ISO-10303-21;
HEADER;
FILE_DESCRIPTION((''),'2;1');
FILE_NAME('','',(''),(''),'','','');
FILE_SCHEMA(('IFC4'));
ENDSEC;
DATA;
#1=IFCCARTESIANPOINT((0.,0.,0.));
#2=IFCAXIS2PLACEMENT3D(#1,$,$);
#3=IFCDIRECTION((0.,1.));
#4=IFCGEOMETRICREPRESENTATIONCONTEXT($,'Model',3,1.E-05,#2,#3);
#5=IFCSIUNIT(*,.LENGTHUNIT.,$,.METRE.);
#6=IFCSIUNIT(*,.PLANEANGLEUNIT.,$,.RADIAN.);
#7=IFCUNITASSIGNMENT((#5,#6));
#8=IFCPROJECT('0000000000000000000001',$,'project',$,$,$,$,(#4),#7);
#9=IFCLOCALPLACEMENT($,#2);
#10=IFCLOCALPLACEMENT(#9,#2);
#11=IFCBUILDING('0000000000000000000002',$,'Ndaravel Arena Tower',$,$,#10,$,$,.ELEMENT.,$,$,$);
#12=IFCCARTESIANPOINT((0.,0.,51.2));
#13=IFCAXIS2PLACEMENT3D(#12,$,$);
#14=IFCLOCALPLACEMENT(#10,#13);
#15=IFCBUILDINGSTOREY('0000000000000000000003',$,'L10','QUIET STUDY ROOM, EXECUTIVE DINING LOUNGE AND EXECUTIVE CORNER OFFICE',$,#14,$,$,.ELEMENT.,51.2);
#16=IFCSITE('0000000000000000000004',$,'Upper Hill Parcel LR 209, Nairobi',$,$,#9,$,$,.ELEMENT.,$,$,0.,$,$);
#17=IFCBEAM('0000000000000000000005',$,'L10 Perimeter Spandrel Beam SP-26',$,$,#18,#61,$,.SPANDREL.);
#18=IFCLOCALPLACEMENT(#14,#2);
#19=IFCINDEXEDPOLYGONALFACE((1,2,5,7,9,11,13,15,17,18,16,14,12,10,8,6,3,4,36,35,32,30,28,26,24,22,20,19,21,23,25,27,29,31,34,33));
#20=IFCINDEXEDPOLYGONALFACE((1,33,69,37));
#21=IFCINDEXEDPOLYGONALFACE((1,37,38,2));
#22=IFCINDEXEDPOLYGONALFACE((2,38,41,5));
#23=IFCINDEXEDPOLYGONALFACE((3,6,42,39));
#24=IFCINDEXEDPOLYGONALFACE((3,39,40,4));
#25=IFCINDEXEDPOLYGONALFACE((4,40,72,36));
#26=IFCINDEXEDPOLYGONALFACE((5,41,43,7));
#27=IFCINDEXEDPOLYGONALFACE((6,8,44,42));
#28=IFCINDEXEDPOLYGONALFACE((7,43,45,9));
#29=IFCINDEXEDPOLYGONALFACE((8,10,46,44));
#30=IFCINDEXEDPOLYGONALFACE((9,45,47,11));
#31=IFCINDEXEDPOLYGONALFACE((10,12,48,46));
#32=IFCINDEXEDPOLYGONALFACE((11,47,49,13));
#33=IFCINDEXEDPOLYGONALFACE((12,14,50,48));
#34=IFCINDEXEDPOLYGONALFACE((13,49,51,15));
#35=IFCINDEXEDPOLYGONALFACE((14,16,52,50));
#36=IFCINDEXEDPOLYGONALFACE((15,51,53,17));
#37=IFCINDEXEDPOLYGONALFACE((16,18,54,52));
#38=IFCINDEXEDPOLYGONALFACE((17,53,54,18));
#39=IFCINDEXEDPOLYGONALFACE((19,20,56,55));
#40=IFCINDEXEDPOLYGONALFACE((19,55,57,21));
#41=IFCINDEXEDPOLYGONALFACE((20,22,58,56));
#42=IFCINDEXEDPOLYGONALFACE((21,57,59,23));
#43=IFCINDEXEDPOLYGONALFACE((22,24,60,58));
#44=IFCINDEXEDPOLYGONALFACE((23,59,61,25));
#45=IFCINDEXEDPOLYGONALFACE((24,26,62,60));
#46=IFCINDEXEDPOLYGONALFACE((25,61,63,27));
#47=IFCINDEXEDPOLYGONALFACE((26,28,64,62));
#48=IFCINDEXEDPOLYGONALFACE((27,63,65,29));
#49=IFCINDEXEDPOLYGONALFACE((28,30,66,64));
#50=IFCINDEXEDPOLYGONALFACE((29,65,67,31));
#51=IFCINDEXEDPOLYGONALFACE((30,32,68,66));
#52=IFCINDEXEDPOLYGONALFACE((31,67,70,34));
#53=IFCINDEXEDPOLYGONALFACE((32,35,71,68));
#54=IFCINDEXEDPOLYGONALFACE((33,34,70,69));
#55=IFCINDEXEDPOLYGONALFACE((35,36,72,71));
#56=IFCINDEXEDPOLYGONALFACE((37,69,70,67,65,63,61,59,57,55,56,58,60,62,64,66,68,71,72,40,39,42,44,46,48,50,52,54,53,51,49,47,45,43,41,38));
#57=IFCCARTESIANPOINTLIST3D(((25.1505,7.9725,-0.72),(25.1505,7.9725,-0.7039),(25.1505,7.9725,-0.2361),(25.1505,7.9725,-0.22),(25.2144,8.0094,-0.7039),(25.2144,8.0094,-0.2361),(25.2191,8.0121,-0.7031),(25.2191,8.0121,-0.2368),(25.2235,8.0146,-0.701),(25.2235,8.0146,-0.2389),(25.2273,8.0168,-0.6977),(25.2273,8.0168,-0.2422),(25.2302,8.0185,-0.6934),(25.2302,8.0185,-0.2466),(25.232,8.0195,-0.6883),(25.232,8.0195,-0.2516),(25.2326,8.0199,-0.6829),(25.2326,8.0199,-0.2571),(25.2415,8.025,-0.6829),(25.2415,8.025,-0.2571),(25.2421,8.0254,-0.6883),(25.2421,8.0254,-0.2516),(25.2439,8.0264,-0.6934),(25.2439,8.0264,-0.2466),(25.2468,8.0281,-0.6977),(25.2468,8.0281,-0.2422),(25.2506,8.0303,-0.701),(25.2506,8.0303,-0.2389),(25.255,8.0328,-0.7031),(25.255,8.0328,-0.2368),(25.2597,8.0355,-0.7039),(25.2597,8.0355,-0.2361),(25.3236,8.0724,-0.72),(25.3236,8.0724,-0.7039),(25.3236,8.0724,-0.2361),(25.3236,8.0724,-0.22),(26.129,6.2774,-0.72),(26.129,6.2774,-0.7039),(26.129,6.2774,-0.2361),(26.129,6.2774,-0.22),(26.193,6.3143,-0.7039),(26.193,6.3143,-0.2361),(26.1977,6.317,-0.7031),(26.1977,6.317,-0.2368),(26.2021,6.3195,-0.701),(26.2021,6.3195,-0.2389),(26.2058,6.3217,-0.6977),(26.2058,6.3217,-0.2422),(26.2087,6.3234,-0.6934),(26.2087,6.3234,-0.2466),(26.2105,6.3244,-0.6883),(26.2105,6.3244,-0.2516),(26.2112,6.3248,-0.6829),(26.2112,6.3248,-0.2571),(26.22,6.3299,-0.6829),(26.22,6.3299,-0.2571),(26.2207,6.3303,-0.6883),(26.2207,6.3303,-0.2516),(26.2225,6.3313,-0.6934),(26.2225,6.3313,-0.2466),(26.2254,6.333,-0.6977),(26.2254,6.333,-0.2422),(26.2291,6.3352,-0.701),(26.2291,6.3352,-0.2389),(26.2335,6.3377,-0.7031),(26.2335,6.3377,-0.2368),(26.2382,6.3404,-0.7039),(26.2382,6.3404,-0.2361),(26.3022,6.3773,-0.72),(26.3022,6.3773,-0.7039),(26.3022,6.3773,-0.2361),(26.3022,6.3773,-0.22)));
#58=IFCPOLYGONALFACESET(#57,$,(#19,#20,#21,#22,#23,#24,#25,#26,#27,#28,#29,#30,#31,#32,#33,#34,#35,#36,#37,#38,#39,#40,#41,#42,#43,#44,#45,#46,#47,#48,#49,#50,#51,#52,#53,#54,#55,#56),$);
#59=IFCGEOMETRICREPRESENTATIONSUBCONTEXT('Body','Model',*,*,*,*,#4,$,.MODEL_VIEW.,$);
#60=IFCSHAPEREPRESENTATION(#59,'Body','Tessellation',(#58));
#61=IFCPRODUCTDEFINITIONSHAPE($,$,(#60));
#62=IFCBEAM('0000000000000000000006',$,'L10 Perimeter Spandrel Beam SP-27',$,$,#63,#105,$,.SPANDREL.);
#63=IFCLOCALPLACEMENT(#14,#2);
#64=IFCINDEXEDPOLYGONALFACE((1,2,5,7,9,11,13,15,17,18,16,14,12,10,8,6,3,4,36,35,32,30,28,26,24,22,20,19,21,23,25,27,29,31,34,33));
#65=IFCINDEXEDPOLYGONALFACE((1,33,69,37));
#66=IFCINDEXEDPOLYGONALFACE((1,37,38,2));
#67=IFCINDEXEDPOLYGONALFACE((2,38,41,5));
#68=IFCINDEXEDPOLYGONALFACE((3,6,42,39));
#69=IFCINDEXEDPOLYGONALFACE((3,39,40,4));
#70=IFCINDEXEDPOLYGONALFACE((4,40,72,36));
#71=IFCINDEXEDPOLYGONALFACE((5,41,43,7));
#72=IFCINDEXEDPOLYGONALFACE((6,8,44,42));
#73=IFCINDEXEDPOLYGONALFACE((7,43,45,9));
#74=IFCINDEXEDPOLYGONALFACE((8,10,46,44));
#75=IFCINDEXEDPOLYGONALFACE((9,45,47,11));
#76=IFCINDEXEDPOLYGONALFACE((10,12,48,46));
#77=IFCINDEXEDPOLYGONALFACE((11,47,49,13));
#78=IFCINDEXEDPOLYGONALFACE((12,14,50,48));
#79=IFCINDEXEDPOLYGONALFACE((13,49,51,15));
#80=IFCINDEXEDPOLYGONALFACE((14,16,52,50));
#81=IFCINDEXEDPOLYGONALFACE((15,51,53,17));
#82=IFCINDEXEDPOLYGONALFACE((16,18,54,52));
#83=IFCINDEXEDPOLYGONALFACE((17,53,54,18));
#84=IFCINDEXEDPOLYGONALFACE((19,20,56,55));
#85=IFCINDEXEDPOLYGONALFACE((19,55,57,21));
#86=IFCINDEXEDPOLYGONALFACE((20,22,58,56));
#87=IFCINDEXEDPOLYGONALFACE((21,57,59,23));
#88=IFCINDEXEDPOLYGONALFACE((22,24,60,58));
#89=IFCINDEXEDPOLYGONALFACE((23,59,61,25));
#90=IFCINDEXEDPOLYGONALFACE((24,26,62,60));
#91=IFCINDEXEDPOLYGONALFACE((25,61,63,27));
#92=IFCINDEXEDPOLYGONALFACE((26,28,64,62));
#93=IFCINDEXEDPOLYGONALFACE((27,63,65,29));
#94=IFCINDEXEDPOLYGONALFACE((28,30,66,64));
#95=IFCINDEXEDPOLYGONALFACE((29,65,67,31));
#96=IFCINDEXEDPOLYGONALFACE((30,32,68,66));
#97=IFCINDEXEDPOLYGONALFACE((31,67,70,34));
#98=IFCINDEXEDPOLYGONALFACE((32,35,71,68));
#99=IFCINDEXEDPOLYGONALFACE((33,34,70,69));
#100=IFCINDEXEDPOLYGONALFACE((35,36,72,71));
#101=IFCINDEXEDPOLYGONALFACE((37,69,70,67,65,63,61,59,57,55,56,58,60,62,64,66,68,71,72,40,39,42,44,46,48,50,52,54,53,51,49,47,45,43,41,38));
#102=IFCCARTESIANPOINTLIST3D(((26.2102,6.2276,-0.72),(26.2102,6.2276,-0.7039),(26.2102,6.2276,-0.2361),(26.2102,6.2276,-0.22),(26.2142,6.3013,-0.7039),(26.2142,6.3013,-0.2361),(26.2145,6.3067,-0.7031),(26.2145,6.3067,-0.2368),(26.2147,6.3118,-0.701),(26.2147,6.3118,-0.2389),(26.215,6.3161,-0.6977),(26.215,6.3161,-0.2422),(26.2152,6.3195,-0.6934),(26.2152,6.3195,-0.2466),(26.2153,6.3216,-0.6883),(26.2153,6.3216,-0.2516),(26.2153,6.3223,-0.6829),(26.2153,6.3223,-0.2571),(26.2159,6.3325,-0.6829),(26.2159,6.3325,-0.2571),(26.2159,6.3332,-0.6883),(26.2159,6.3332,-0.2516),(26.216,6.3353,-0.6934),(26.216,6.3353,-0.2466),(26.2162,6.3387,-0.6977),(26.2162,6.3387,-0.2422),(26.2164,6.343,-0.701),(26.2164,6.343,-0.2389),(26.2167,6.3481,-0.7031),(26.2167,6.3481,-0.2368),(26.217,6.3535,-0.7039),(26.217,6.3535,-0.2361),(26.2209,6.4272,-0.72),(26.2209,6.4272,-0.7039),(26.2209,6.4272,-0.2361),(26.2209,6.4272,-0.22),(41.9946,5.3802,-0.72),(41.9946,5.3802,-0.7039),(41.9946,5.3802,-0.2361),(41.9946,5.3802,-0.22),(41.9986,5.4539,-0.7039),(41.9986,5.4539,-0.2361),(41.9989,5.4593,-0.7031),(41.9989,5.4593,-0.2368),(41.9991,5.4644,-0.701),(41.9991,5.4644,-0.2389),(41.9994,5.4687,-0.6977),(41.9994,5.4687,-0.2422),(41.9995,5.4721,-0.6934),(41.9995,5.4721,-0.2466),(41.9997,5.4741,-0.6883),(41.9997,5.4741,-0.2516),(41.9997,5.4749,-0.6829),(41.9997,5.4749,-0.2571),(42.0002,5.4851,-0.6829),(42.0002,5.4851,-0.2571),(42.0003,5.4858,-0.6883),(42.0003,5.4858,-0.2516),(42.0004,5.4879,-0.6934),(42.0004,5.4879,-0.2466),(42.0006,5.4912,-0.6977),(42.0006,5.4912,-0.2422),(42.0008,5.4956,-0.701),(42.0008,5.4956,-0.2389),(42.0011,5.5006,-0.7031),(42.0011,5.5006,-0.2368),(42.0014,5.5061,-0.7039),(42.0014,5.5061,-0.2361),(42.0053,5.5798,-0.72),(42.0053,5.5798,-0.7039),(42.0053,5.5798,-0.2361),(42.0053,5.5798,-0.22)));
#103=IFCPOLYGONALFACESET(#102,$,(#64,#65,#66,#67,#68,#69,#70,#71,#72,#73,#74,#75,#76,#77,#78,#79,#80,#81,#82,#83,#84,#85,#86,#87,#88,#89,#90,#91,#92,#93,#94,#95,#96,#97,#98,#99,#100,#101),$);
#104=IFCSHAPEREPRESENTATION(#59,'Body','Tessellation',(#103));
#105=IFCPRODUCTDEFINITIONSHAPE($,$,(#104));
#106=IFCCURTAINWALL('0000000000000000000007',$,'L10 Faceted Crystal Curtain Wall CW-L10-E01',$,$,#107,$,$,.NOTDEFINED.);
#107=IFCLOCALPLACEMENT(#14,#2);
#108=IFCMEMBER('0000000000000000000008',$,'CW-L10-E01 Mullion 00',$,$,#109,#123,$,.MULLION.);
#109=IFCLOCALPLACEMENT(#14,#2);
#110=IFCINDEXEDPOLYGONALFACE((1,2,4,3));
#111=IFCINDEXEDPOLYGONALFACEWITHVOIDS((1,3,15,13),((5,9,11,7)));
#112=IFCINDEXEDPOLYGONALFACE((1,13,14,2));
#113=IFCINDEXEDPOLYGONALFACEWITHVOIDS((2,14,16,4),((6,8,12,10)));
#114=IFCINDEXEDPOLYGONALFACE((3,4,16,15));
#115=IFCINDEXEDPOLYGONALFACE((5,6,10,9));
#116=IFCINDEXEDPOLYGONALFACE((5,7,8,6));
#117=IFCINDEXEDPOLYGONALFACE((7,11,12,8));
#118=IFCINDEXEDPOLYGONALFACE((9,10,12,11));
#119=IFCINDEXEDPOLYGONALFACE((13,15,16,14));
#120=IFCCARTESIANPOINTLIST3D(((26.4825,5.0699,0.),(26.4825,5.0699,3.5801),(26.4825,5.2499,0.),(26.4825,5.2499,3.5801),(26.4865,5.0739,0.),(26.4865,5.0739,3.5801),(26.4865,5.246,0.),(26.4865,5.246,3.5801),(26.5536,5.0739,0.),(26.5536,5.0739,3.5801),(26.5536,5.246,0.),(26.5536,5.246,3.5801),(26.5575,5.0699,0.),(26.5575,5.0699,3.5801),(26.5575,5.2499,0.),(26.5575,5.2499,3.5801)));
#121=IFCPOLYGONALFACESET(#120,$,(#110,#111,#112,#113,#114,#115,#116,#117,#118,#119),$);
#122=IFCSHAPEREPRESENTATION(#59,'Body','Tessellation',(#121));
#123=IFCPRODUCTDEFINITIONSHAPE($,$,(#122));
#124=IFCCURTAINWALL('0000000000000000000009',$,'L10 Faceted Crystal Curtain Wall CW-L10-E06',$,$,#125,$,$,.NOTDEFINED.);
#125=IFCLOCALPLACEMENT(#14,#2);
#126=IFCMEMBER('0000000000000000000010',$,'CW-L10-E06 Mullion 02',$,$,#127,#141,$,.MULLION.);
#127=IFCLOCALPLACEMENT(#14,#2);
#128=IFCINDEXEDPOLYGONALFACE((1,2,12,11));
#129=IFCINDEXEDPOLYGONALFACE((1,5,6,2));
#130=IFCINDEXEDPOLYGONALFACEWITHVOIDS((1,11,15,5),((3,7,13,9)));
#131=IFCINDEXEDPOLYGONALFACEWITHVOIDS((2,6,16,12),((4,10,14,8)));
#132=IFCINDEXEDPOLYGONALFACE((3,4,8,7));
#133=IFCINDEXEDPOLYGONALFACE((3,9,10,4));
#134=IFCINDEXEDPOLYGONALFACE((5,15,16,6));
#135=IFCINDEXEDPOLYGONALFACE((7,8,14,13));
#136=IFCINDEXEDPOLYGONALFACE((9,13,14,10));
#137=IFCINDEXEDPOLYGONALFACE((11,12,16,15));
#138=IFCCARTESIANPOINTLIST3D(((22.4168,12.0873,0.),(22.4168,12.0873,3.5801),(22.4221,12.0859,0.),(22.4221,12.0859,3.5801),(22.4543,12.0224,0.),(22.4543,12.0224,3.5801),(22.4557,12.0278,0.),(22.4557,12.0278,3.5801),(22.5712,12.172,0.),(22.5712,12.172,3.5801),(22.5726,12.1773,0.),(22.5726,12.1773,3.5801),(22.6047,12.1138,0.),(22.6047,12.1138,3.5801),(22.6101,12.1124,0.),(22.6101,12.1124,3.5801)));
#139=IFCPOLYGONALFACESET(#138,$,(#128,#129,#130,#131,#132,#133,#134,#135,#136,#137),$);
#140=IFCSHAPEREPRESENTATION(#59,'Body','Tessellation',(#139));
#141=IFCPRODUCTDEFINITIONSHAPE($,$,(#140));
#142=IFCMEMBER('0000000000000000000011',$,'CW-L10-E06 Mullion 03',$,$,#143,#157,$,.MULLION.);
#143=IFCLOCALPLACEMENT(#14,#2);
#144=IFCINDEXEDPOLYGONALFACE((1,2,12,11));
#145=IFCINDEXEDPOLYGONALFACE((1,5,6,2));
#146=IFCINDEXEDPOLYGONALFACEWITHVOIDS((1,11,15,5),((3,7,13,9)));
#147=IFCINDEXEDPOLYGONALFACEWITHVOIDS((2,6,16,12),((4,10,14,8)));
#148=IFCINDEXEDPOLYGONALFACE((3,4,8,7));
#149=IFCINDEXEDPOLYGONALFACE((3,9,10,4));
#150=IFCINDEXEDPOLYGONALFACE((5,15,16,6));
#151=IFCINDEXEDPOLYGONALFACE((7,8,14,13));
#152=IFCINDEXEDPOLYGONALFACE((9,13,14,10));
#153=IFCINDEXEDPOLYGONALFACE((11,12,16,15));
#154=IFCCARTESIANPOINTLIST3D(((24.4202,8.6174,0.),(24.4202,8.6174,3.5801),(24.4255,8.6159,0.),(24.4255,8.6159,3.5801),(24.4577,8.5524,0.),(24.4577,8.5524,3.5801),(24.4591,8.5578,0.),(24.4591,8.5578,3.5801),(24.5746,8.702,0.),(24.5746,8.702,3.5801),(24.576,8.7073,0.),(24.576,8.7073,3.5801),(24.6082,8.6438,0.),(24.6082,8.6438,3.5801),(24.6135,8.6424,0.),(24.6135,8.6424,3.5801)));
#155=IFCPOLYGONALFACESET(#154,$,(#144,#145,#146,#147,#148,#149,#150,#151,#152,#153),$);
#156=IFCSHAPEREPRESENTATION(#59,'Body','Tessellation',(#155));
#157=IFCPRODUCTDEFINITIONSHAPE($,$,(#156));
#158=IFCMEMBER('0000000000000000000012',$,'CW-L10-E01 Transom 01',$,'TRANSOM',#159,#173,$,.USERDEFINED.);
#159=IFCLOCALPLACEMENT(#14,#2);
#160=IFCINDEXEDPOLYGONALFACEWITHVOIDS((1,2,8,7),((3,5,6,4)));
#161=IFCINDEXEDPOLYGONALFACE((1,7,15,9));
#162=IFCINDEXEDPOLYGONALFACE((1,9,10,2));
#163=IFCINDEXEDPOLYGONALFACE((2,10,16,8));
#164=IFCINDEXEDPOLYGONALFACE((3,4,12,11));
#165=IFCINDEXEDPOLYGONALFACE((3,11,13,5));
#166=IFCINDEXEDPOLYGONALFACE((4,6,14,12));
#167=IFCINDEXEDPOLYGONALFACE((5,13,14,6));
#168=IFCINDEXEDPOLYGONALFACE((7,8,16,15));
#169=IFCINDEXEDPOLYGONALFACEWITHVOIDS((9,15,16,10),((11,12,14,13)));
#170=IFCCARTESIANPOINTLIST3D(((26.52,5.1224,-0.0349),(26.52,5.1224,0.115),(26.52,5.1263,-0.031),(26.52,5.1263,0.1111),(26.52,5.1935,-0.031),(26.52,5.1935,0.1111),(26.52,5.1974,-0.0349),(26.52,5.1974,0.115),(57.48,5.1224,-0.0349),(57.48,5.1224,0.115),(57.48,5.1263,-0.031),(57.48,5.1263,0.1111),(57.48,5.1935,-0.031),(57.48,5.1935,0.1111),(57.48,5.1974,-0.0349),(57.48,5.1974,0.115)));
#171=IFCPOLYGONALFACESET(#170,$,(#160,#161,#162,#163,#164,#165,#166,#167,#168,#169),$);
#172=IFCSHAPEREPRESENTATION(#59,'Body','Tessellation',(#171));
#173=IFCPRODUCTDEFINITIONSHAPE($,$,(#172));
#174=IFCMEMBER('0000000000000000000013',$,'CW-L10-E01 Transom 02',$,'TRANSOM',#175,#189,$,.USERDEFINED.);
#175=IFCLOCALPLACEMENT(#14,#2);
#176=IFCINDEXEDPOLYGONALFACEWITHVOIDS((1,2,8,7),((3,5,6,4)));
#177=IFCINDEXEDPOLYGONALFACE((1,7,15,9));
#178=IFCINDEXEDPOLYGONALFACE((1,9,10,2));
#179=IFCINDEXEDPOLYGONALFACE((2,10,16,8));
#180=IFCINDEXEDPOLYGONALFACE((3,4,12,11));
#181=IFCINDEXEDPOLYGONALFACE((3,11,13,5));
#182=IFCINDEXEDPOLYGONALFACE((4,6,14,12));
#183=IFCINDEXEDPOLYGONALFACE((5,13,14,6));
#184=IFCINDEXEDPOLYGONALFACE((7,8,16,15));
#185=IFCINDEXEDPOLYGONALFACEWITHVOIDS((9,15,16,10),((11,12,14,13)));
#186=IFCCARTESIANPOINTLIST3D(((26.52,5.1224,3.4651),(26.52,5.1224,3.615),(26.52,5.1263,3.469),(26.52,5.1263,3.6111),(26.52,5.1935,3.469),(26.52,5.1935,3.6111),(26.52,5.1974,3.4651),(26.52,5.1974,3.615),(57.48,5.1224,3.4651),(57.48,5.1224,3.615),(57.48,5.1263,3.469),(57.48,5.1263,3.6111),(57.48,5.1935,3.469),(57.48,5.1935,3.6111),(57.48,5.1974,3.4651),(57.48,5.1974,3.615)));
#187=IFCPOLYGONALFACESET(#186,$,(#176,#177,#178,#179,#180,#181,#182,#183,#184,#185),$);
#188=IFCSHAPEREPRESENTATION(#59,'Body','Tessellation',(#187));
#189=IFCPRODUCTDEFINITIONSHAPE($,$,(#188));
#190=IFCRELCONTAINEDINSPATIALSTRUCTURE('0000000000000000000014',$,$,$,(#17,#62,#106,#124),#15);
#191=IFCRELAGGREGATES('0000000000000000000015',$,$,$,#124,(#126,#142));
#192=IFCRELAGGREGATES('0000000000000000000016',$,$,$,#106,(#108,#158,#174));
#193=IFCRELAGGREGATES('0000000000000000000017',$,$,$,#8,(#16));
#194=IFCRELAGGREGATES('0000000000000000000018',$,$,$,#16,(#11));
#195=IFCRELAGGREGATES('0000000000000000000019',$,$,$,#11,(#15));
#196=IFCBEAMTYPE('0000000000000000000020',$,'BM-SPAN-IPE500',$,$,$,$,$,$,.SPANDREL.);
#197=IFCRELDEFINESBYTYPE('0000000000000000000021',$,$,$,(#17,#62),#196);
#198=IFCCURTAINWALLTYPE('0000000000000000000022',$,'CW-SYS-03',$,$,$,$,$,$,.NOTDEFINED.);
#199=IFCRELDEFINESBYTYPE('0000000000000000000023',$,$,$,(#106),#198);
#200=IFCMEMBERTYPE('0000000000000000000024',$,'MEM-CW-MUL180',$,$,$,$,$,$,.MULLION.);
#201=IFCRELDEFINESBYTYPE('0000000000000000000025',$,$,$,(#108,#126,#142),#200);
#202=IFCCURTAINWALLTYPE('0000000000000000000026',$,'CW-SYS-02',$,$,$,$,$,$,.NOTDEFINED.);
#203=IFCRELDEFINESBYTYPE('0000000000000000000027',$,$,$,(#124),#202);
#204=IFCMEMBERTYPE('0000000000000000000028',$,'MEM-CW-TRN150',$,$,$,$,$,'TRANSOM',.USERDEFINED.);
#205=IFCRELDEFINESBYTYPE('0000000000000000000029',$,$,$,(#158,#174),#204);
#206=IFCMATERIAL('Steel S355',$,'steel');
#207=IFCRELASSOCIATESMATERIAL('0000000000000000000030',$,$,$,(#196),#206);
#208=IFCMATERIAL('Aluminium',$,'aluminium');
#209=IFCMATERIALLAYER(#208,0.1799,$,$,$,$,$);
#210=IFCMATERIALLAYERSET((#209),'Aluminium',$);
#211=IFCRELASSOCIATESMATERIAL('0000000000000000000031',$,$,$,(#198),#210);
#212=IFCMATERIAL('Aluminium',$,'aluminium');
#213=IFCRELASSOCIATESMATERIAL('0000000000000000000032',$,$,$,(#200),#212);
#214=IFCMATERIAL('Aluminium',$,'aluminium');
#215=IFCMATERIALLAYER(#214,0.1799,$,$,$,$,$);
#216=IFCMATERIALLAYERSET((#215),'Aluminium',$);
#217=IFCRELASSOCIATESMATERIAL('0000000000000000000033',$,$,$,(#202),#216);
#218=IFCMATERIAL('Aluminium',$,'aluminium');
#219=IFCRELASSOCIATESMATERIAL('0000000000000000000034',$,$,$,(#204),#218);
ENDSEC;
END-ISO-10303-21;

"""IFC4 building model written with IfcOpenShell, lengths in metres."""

from ifc_helpers import new_model, si_unit, direction, frame, origin, origin_2d, place, context, subcontext, project, spatial, hollow_rectangle, i_section, extrude, material, layer, layer_set, material_profile, profile_set, type_object, element, aggregate, save


model = new_model("IFC4")

# Units and contexts
model_context = context("Model", 3, precision=1e-05, world=origin(), true_north=direction((0.0, 1.0)))
body_context = subcontext(model_context, "Body", "Model", "MODEL_VIEW")
ifc_project = project(units=[si_unit("LENGTHUNIT", "METRE"), si_unit("PLANEANGLEUNIT", "RADIAN")], contexts=[model_context])

# Site, building, storey
site_placement = place(None, origin())
site = spatial("IfcSite", under=ifc_project, at=site_placement, Name="Upper Hill Parcel LR 209, Nairobi", CompositionType="ELEMENT", RefElevation=0.0)
building_placement = place(site_placement, origin())
building = spatial("IfcBuilding", under=site, at=building_placement, Name="Ndaravel Arena Tower", CompositionType="ELEMENT")
storey_placement = place(building_placement, frame((0.0, 0.0, 51.2)))
storey = spatial("IfcBuildingStorey", under=building, at=storey_placement, Name="L10", Description="QUIET STUDY ROOM, EXECUTIVE DINING LOUNGE AND EXECUTIVE CORNER OFFICE", CompositionType="ELEMENT", Elevation=51.2)

# Beams
ifc_material_1 = material(Name="Steel S355", Category="steel")
ifc_material_profile_1 = material_profile(ifc_material_1, i_section(OverallWidth=0.2, OverallDepth=0.5, WebThickness=0.0103, FlangeThickness=0.0161, FilletRadius=0.021, at=origin_2d()), Name="IPE 500")
ifc_profile_set_1 = profile_set([ifc_material_profile_1], Name="Steel S355")
beam_type = type_object("IfcBeamType", Name="BM-SPAN-IPE500", PredefinedType="SPANDREL", material=ifc_profile_set_1)
beam_1_placement = place(storey_placement, frame((25.2371, 8.0225, -0.47), z_axis=(0.499949, -0.866055, 0.0), x_axis=(0.866055, 0.499949, 0.0)))
element("IfcBeam", 1, at=beam_1_placement, inside=storey, type_object=beam_type, Name="L10 Perimeter Spandrel Beam SP-26", PredefinedType="SPANDREL", context=body_context, shape_type="SweptSolid", body=[
    extrude(i_section(OverallWidth=0.2, OverallDepth=0.5, WebThickness=0.0103, FlangeThickness=0.0161, FilletRadius=0.021, at=origin_2d()), origin(), (0.0, 0.0, 1.0), 1.9573),
])
beam_2_placement = place(storey_placement, frame((26.2156, 6.3274, -0.47), z_axis=(0.998562, -0.053609, 0.0), x_axis=(0.053609, 0.998562, 0.0)))
element("IfcBeam", 2, at=beam_2_placement, inside=storey, type_object=beam_type, Name="L10 Perimeter Spandrel Beam SP-27", PredefinedType="SPANDREL", context=body_context, shape_type="SweptSolid", body=[
    extrude(i_section(OverallWidth=0.2, OverallDepth=0.5, WebThickness=0.0103, FlangeThickness=0.0161, FilletRadius=0.021, at=origin_2d()), origin(), (0.0, 0.0, 1.0), 15.8071),
])

# Curtain wall, member
ifc_material_2 = material(Name="Aluminium", Category="aluminium")
ifc_layer_1 = layer(ifc_material_2, 0.1799)
ifc_layer_set_1 = layer_set([ifc_layer_1], Name="Aluminium")
curtain_wall_type_1 = type_object("IfcCurtainWallType", Name="CW-SYS-03", PredefinedType="NOTDEFINED", material=ifc_layer_set_1)
curtain_wall_1_placement = place(storey_placement, origin())
curtain_wall_1 = element("IfcCurtainWall", 3, at=curtain_wall_1_placement, inside=storey, type_object=curtain_wall_type_1, Name="L10 Faceted Crystal Curtain Wall CW-L10-E01", PredefinedType="NOTDEFINED")
ifc_material_3 = material(Name="Aluminium", Category="aluminium")
ifc_material_profile_2 = material_profile(ifc_material_3, hollow_rectangle(XDim=0.075, YDim=0.1799, WallThickness=0.0039, at=origin_2d()), Name="CW MULLION 75x180x4")
ifc_profile_set_2 = profile_set([ifc_material_profile_2], Name="Aluminium")
member_type_1 = type_object("IfcMemberType", Name="MEM-CW-MUL180", PredefinedType="MULLION", material=ifc_profile_set_2)
member_1_placement = place(storey_placement, frame((26.52, 5.1599, 0.0), z_axis=(0.0, 0.0, 1.0), x_axis=(1.0, 0.0, 0.0)))
member_1 = element("IfcMember", 4, at=member_1_placement, type_object=member_type_1, Name="CW-L10-E01 Mullion 00", PredefinedType="MULLION", context=body_context, shape_type="SweptSolid", body=[
    extrude(hollow_rectangle(XDim=0.075, YDim=0.1799, WallThickness=0.0039, at=origin_2d()), origin(), (0.0, 0.0, 1.0), 3.5801),
])

# Curtain wall, members
ifc_material_4 = material(Name="Aluminium", Category="aluminium")
ifc_layer_2 = layer(ifc_material_4, 0.1799)
ifc_layer_set_2 = layer_set([ifc_layer_2], Name="Aluminium")
curtain_wall_type_2 = type_object("IfcCurtainWallType", Name="CW-SYS-02", PredefinedType="NOTDEFINED", material=ifc_layer_set_2)
curtain_wall_2_placement = place(storey_placement, origin())
curtain_wall_2 = element("IfcCurtainWall", 5, at=curtain_wall_2_placement, inside=storey, type_object=curtain_wall_type_2, Name="L10 Faceted Crystal Curtain Wall CW-L10-E06", PredefinedType="NOTDEFINED")
member_2_placement = place(storey_placement, frame((22.5134, 12.0999, 0.0), z_axis=(0.0, 0.0, 1.0), x_axis=(0.5, -0.866025, 0.0)))
member_2 = element("IfcMember", 6, at=member_2_placement, type_object=member_type_1, Name="CW-L10-E06 Mullion 02", PredefinedType="MULLION", context=body_context, shape_type="SweptSolid", body=[
    extrude(hollow_rectangle(XDim=0.075, YDim=0.1799, WallThickness=0.0039, at=origin_2d()), origin(), (0.0, 0.0, 1.0), 3.5801),
])
member_3_placement = place(storey_placement, frame((24.5168, 8.6299, 0.0), z_axis=(0.0, 0.0, 1.0), x_axis=(0.5, -0.866025, 0.0)))
member_3 = element("IfcMember", 7, at=member_3_placement, type_object=member_type_1, Name="CW-L10-E06 Mullion 03", PredefinedType="MULLION", context=body_context, shape_type="SweptSolid", body=[
    extrude(hollow_rectangle(XDim=0.075, YDim=0.1799, WallThickness=0.0039, at=origin_2d()), origin(), (0.0, 0.0, 1.0), 3.5801),
])

# Members
ifc_material_5 = material(Name="Aluminium", Category="aluminium")
ifc_material_profile_3 = material_profile(ifc_material_5, hollow_rectangle(XDim=0.075, YDim=0.1499, WallThickness=0.0039, at=origin_2d()), Name="CW TRANSOM 75x150x4")
ifc_profile_set_3 = profile_set([ifc_material_profile_3], Name="Aluminium")
member_type_2 = type_object("IfcMemberType", Name="MEM-CW-TRN150", ElementType="TRANSOM", PredefinedType="USERDEFINED", material=ifc_profile_set_3)
member_4_placement = place(storey_placement, frame((26.52, 5.1599, 0.04), z_axis=(1.0, 0.0, 0.0), x_axis=(0.0, 1.0, 0.0)))
member_4 = element("IfcMember", 8, at=member_4_placement, type_object=member_type_2, Name="CW-L10-E01 Transom 01", ObjectType="TRANSOM", PredefinedType="USERDEFINED", context=body_context, shape_type="SweptSolid", body=[
    extrude(hollow_rectangle(XDim=0.075, YDim=0.1499, WallThickness=0.0039, at=origin_2d()), origin(), (0.0, 0.0, 1.0), 30.96),
])
member_5_placement = place(storey_placement, frame((26.52, 5.1599, 3.54), z_axis=(1.0, 0.0, 0.0), x_axis=(0.0, 1.0, 0.0)))
member_5 = element("IfcMember", 9, at=member_5_placement, type_object=member_type_2, Name="CW-L10-E01 Transom 02", ObjectType="TRANSOM", PredefinedType="USERDEFINED", context=body_context, shape_type="SweptSolid", body=[
    extrude(hollow_rectangle(XDim=0.075, YDim=0.1499, WallThickness=0.0039, at=origin_2d()), origin(), (0.0, 0.0, 1.0), 30.96),
])

aggregate(curtain_wall_2, [member_2, member_3])
aggregate(curtain_wall_1, [member_1, member_4, member_5])

save(model, "model.ifc")
